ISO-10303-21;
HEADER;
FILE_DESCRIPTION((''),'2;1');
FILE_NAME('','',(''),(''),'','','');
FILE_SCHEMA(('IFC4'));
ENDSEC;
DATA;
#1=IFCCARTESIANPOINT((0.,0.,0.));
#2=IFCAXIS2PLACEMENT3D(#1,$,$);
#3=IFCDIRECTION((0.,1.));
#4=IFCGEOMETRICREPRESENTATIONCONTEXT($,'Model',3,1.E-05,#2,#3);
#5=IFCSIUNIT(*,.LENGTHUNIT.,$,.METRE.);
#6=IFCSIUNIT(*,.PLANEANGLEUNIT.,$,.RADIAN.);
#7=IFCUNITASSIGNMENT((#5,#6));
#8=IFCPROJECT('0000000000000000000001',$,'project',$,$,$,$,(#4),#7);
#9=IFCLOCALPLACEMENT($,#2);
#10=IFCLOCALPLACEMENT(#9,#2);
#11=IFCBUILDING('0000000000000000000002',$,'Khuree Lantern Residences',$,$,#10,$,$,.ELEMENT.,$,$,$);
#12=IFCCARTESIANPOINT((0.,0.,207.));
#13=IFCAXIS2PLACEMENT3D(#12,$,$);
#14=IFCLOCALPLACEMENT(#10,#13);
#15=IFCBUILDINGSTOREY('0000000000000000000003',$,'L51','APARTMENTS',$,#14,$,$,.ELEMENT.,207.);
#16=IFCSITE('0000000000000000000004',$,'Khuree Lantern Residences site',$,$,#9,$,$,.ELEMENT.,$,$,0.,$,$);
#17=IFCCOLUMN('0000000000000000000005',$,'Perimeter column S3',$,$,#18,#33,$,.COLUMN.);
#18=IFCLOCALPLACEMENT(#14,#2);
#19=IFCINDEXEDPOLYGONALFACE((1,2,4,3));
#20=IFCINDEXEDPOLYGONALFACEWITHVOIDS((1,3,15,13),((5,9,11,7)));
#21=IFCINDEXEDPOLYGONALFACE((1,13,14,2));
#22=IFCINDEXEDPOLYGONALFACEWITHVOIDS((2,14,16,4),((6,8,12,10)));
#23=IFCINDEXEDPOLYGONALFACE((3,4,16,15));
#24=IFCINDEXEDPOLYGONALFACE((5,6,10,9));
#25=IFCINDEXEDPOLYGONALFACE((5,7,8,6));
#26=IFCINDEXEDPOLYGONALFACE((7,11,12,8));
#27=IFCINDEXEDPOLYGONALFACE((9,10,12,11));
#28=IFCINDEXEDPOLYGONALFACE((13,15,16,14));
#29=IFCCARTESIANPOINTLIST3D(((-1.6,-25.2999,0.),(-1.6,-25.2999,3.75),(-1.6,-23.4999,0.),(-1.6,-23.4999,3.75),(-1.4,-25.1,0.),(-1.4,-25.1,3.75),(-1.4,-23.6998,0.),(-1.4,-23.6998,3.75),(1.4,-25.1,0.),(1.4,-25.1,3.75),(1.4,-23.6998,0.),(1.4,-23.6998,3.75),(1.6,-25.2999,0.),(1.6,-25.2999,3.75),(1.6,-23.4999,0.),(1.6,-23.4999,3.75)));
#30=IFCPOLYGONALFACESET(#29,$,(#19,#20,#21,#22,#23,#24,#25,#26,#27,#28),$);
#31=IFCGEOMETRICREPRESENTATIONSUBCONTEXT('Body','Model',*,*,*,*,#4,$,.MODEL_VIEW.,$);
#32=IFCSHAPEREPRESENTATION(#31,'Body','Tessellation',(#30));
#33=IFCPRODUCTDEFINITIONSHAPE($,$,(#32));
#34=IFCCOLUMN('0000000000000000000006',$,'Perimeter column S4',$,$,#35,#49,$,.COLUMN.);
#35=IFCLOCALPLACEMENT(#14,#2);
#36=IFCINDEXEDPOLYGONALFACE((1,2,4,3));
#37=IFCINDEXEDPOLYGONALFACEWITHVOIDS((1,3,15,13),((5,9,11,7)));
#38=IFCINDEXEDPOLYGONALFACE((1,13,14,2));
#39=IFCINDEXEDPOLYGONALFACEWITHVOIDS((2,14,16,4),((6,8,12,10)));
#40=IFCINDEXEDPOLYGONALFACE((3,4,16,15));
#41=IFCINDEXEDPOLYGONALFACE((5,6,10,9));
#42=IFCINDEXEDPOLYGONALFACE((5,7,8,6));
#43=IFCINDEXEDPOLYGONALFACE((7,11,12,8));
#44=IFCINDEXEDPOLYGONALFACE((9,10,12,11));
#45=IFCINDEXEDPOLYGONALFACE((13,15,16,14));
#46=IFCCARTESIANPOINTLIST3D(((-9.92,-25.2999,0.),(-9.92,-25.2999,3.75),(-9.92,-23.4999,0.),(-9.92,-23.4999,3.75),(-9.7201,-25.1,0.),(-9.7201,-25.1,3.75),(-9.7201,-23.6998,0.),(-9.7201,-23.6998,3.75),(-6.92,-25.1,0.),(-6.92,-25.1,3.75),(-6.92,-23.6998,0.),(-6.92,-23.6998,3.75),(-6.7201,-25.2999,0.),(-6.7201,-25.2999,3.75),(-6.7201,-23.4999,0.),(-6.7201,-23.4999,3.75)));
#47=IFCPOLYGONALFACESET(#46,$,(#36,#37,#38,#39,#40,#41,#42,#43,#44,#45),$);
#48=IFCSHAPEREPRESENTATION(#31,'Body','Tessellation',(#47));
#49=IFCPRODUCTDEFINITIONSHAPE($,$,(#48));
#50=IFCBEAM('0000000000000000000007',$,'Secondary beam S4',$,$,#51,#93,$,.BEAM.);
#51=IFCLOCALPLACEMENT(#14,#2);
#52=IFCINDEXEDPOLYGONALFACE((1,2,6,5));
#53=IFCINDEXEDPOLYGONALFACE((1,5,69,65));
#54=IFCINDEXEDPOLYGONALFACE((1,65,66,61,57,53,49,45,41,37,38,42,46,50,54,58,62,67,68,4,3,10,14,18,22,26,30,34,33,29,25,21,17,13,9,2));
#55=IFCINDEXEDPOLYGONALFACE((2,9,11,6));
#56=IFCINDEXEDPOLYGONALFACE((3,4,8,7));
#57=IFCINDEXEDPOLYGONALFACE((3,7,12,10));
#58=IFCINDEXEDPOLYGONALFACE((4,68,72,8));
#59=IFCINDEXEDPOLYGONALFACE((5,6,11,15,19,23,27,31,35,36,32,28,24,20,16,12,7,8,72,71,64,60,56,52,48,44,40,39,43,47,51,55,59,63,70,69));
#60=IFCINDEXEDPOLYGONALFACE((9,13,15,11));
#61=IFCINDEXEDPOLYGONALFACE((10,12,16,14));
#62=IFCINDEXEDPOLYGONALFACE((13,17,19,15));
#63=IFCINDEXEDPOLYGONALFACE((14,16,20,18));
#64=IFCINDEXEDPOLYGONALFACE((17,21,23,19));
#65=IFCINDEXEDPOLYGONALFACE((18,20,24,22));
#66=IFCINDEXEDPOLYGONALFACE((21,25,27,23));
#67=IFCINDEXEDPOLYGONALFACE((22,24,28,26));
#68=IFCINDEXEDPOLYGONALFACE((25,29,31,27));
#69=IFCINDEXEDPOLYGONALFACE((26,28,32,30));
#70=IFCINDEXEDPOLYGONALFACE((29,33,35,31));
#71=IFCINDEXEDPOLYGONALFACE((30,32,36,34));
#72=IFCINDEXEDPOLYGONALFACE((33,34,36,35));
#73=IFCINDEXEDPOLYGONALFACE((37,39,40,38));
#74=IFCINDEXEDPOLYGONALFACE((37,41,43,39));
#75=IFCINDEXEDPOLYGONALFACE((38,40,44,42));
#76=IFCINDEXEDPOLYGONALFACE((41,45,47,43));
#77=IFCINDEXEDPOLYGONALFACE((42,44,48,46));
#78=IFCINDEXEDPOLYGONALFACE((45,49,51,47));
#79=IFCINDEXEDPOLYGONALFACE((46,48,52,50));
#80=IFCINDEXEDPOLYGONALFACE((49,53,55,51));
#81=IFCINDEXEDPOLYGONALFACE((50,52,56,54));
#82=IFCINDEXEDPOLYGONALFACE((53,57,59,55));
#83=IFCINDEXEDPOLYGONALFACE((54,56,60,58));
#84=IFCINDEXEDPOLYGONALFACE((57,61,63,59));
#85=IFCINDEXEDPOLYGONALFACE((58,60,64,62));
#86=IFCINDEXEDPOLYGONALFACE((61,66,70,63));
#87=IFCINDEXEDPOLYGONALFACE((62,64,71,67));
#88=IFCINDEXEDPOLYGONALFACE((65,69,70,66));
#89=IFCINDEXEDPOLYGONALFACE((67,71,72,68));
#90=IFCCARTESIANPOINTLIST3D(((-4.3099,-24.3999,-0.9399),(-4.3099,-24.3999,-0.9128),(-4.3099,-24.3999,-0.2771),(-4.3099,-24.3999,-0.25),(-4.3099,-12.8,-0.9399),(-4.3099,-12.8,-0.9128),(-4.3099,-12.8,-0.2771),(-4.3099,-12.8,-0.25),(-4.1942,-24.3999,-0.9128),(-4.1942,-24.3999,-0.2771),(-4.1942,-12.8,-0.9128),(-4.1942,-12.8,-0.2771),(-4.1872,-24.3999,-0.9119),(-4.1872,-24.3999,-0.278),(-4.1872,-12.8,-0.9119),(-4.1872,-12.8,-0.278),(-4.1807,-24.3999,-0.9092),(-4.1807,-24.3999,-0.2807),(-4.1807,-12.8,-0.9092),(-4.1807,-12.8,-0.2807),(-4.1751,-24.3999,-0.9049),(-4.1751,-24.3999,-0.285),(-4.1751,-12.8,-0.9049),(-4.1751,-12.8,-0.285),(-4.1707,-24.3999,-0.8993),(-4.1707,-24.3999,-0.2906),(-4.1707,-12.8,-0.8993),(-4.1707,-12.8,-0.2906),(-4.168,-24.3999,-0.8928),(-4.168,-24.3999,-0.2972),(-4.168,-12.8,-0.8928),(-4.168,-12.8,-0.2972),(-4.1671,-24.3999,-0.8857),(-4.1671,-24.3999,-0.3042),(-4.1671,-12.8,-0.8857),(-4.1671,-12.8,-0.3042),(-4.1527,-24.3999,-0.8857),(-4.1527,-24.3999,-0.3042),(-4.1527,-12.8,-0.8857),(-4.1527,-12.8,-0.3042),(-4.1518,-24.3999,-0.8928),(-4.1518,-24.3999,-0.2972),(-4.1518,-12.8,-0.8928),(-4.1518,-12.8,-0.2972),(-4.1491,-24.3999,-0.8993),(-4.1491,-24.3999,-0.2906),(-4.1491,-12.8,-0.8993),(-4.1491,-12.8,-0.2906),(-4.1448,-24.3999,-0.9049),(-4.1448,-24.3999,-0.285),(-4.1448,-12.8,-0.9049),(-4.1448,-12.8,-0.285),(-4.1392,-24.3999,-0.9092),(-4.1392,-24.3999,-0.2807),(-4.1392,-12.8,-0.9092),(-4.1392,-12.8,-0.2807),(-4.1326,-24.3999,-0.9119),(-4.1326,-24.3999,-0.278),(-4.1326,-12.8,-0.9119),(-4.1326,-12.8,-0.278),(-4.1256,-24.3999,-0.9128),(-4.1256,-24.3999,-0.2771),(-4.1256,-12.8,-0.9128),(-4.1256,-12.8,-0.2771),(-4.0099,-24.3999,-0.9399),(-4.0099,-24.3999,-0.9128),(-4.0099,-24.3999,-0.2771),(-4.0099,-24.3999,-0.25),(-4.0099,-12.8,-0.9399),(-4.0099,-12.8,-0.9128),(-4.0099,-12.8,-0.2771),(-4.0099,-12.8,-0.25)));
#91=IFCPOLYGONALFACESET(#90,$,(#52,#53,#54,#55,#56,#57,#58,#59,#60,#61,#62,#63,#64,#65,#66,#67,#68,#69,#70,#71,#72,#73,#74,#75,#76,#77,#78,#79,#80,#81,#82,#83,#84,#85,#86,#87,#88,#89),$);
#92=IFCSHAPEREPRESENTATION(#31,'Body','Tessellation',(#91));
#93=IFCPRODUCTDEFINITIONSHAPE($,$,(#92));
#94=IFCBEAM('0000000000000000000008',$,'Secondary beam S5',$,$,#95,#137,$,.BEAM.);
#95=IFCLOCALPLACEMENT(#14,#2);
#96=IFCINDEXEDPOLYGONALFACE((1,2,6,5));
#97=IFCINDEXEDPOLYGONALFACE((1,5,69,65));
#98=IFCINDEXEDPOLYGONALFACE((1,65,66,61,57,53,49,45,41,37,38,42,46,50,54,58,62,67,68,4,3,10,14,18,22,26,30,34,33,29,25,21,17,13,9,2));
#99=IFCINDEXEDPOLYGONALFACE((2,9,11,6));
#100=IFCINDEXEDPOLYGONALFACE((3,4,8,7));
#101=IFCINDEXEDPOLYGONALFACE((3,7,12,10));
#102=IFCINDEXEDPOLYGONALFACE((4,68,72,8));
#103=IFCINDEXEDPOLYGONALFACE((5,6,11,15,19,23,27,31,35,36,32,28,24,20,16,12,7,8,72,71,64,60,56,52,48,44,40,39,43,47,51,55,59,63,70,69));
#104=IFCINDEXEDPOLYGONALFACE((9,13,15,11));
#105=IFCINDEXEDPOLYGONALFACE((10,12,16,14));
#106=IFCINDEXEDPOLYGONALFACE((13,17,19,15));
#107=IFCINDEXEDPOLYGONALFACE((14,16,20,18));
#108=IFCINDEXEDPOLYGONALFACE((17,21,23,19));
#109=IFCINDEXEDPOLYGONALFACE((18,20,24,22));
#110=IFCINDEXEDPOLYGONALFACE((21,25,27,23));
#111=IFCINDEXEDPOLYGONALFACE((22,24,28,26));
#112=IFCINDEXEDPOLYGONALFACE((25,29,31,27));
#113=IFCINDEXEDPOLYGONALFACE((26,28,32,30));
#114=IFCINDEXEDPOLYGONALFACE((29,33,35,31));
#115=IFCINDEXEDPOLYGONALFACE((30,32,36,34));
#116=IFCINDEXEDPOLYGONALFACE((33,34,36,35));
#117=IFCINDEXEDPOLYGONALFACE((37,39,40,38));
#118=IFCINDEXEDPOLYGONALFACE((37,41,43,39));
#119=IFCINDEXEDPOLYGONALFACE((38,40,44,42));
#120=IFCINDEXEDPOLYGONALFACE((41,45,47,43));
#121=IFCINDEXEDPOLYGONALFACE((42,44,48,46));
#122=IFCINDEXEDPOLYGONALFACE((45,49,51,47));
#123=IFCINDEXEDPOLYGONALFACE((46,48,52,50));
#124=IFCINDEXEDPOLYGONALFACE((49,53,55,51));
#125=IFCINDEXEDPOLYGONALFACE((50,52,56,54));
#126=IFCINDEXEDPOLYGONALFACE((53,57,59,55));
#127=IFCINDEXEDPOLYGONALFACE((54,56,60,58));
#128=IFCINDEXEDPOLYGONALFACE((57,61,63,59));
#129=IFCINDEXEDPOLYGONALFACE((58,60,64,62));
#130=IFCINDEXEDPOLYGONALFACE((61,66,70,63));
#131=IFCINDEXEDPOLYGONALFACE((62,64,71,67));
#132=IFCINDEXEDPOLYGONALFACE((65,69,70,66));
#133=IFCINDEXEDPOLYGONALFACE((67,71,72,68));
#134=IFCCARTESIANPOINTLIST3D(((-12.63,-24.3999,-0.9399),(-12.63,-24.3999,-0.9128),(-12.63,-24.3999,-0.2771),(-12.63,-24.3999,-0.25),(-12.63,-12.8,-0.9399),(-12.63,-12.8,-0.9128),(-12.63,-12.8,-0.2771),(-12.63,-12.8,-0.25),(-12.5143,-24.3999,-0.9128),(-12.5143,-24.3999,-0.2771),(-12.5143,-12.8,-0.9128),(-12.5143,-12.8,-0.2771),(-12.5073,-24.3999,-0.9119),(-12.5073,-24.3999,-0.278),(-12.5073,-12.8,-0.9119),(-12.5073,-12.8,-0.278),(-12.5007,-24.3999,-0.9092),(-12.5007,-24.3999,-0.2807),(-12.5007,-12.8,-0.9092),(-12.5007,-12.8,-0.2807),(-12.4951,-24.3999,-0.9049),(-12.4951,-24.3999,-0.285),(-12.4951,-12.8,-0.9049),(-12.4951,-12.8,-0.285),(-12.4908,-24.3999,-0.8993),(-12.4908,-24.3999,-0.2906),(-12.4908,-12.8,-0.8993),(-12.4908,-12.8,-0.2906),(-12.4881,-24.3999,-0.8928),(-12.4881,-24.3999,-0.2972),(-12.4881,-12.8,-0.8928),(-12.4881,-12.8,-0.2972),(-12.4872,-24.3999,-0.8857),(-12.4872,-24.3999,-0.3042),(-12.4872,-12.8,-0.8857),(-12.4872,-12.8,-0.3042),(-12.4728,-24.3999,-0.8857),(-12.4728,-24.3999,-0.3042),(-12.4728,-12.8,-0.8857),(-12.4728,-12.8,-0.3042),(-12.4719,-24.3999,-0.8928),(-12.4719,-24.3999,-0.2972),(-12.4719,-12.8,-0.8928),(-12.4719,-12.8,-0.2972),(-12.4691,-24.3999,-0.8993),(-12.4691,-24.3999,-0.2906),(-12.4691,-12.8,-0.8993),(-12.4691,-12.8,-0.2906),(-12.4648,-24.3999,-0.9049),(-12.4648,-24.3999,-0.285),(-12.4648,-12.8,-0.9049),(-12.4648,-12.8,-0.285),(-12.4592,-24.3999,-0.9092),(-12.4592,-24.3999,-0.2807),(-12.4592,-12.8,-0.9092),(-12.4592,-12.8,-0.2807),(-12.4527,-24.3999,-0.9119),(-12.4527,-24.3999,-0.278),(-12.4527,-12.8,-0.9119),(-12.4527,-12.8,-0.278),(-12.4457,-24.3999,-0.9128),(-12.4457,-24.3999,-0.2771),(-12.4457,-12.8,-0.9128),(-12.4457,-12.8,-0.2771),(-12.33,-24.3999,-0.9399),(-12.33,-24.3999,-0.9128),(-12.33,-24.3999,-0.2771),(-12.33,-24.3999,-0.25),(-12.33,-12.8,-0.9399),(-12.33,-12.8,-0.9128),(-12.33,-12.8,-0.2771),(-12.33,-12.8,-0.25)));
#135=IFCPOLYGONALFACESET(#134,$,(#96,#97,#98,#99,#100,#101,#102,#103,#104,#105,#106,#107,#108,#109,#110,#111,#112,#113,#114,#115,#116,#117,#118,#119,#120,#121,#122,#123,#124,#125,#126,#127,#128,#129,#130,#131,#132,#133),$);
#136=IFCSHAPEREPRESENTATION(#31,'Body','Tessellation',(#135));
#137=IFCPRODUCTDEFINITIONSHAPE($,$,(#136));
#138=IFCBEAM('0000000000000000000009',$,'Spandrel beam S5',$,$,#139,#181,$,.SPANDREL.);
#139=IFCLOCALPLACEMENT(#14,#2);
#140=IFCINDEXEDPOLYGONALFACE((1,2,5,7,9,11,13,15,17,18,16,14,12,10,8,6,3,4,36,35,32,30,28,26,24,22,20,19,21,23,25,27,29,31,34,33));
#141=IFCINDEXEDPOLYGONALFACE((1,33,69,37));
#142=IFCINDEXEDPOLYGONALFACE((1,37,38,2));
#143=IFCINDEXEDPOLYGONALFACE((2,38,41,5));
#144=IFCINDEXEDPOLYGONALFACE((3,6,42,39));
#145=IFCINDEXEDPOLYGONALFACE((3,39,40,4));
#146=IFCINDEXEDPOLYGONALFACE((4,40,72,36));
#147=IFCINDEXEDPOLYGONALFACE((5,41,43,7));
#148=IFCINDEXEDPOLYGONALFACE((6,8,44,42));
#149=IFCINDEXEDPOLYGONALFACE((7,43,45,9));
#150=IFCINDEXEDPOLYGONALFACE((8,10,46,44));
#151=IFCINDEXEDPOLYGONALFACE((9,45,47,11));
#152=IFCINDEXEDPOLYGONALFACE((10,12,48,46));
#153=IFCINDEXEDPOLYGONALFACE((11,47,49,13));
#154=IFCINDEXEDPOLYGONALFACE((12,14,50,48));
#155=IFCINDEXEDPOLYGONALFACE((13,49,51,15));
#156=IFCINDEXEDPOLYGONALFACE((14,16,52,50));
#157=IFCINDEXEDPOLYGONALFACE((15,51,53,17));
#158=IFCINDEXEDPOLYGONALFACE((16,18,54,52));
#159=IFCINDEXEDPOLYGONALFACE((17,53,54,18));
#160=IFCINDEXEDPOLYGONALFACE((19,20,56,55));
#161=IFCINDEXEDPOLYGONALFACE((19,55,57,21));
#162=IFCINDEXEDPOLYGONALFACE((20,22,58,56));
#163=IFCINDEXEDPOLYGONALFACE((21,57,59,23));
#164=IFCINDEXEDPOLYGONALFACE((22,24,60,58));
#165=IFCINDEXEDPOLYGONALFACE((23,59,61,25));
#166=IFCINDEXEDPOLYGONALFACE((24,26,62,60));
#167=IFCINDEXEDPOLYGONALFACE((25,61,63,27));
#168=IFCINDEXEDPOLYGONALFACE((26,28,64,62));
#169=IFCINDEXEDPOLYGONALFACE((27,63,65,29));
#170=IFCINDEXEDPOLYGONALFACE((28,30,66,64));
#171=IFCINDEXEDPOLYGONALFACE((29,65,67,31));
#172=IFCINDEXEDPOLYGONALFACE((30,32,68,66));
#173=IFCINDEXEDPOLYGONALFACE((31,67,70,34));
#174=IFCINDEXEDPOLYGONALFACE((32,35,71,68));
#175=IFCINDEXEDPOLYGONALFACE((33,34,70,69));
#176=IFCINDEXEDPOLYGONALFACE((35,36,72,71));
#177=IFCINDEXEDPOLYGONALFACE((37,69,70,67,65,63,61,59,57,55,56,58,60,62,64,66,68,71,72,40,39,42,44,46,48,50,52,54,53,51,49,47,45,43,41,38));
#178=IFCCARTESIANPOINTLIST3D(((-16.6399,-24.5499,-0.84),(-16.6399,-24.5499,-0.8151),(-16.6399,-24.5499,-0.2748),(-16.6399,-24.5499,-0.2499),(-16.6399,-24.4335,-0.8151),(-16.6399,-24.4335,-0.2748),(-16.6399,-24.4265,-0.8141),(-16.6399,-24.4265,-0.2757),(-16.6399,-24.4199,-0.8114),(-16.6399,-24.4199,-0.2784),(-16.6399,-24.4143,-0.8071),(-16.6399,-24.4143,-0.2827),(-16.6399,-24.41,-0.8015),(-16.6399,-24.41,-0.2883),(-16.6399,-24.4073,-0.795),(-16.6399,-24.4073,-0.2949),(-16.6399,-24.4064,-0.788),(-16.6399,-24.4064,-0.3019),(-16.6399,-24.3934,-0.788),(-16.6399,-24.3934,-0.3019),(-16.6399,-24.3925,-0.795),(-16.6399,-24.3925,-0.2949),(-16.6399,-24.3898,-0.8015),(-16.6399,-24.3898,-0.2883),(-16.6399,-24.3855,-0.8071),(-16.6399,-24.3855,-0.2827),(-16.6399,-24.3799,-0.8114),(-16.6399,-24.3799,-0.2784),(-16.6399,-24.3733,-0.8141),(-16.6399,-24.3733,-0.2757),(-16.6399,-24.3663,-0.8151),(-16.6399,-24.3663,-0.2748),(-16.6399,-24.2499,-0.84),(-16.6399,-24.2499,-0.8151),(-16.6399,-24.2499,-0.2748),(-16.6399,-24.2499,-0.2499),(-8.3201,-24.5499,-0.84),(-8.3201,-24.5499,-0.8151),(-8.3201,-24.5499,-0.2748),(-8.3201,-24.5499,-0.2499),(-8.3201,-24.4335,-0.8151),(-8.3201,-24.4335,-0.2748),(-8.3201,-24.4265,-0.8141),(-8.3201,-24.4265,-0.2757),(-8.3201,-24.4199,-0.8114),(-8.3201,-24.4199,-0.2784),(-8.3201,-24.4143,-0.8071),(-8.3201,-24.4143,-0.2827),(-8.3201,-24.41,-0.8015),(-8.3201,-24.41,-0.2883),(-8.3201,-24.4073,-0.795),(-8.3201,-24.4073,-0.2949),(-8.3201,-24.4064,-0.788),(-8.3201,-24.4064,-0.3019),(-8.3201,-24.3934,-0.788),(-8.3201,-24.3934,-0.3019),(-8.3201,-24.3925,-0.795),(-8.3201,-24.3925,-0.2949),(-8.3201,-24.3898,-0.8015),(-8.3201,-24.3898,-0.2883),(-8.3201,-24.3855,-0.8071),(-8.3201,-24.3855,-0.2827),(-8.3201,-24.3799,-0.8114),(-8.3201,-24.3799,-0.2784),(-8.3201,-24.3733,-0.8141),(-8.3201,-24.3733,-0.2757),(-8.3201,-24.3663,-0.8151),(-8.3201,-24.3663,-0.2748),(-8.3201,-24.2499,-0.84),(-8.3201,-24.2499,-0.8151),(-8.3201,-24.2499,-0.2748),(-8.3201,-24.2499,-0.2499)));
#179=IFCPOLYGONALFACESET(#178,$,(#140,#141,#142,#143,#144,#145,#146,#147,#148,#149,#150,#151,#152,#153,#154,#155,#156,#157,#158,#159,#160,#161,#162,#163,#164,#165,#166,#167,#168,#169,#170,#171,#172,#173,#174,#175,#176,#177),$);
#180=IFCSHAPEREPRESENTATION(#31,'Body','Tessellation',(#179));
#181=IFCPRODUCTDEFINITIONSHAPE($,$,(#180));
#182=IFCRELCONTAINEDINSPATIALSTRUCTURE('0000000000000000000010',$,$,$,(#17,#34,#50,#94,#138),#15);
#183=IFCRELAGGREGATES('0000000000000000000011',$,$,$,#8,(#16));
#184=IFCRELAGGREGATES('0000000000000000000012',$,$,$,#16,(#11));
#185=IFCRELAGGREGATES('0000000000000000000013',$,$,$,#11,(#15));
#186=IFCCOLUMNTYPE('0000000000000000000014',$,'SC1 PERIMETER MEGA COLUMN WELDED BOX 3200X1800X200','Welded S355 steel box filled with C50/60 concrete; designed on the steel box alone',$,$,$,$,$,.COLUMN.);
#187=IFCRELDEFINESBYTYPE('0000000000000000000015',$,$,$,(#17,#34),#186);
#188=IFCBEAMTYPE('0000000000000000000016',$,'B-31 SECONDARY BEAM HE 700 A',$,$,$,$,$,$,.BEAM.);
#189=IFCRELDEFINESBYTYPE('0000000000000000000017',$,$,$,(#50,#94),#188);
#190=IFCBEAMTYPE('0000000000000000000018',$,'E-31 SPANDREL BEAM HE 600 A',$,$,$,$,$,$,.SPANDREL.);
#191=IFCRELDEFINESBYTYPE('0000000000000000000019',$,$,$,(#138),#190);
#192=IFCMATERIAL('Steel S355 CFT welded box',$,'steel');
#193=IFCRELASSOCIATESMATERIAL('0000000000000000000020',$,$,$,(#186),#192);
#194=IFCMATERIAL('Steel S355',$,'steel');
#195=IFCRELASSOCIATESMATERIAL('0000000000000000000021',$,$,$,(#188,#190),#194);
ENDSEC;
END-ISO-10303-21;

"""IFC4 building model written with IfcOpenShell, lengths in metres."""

from ifc_helpers import new_model, si_unit, direction, frame, origin, origin_2d, place, context, subcontext, project, spatial, hollow_rectangle, i_section, extrude, material, material_profile, profile_set, type_object, element, save


model = new_model("IFC4")

# Units and contexts
model_context = context("Model", 3, precision=1e-05, world=origin(), true_north=direction((0.0, 1.0)))
body_context = subcontext(model_context, "Body", "Model", "MODEL_VIEW")
ifc_project = project(units=[si_unit("LENGTHUNIT", "METRE"), si_unit("PLANEANGLEUNIT", "RADIAN")], contexts=[model_context])

# Site, building, storey
site_placement = place(None, origin())
site = spatial("IfcSite", under=ifc_project, at=site_placement, Name="Khuree Lantern Residences site", CompositionType="ELEMENT", RefElevation=0.0)
building_placement = place(site_placement, origin())
building = spatial("IfcBuilding", under=site, at=building_placement, Name="Khuree Lantern Residences", CompositionType="ELEMENT")
storey_placement = place(building_placement, frame((0.0, 0.0, 207.0)))
storey = spatial("IfcBuildingStorey", under=building, at=storey_placement, Name="L51", Description="APARTMENTS", CompositionType="ELEMENT", Elevation=207.0)

# Columns
ifc_material_1 = material(Name="Steel S355 CFT welded box", Category="steel")
ifc_material_profile_1 = material_profile(ifc_material_1, hollow_rectangle(XDim=3.2, YDim=1.8, WallThickness=0.2, at=origin_2d()), Name="WELDED BOX 3200X1800X200")
ifc_profile_set_1 = profile_set([ifc_material_profile_1], Name="Steel S355 CFT welded box")
column_type = type_object("IfcColumnType", Name="SC1 PERIMETER MEGA COLUMN WELDED BOX 3200X1800X200", Description="Welded S355 steel box filled with C50/60 concrete; designed on the steel box alone", PredefinedType="COLUMN", material=ifc_profile_set_1)
for number, where, z_axis, x_axis, name in (
    (1, (0.0, -24.3999, 0.0), (0.0, 0.0, 1.0), (1.0, 0.0, 0.0), "Perimeter column S3"),
    (2, (-8.3201, -24.3999, 0.0), (0.0, 0.0, 1.0), (1.0, 0.0, 0.0), "Perimeter column S4"),
):
    element("IfcColumn", number, at=place(storey_placement, frame(where, z_axis=z_axis, x_axis=x_axis)), inside=storey, type_object=column_type, Name=name, PredefinedType="COLUMN", context=body_context, shape_type="SweptSolid", body=[
        extrude(hollow_rectangle(XDim=3.2, YDim=1.8, WallThickness=0.2, at=origin_2d()), origin(), (0.0, 0.0, 1.0), 3.75),
    ])

# Beams
ifc_material_2 = material(Name="Steel S355", Category="steel")
ifc_material_profile_2 = material_profile(ifc_material_2, i_section(OverallWidth=0.3, OverallDepth=0.6899, WebThickness=0.0144, FlangeThickness=0.0271, FilletRadius=0.0271, at=origin_2d()), Name="HE 700 A")
ifc_profile_set_2 = profile_set([ifc_material_profile_2], Name="Steel S355")
beam_type_1 = type_object("IfcBeamType", Name="B-31 SECONDARY BEAM HE 700 A", PredefinedType="BEAM", material=ifc_profile_set_2)
for number, where, z_axis, x_axis, name in (
    (3, (-4.1599, -24.3999, -0.595), (0.0, 1.0, 0.0), (-1.0, 0.0, 0.0), "Secondary beam S4"),
    (4, (-12.48, -24.3999, -0.595), (0.0, 1.0, 0.0), (-1.0, 0.0, 0.0), "Secondary beam S5"),
):
    element("IfcBeam", number, at=place(storey_placement, frame(where, z_axis=z_axis, x_axis=x_axis)), inside=storey, type_object=beam_type_1, Name=name, PredefinedType="BEAM", context=body_context, shape_type="SweptSolid", body=[
        extrude(i_section(OverallWidth=0.3, OverallDepth=0.6899, WebThickness=0.0144, FlangeThickness=0.0271, FilletRadius=0.0271, at=origin_2d()), origin(), (0.0, 0.0, 1.0), 11.5999),
    ])
ifc_material_profile_3 = material_profile(ifc_material_2, i_section(OverallWidth=0.3, OverallDepth=0.5901, WebThickness=0.0129, FlangeThickness=0.0249, FilletRadius=0.0271, at=origin_2d()), Name="HE 600 A")
ifc_profile_set_3 = profile_set([ifc_material_profile_3], Name="Steel S355")
beam_type_2 = type_object("IfcBeamType", Name="E-31 SPANDREL BEAM HE 600 A", PredefinedType="SPANDREL", material=ifc_profile_set_3)
beam_1_placement = place(storey_placement, frame((-8.3201, -24.3999, -0.5449), z_axis=(-1.0, 0.0, 0.0), x_axis=(0.0, -1.0, 0.0)))
element("IfcBeam", 5, at=beam_1_placement, inside=storey, type_object=beam_type_2, Name="Spandrel beam S5", PredefinedType="SPANDREL", context=body_context, shape_type="SweptSolid", body=[
    extrude(i_section(OverallWidth=0.3, OverallDepth=0.5901, WebThickness=0.0129, FlangeThickness=0.0249, FilletRadius=0.0271, at=origin_2d()), origin(), (0.0, 0.0, 1.0), 8.3198),
])

save(model, "model.ifc")
